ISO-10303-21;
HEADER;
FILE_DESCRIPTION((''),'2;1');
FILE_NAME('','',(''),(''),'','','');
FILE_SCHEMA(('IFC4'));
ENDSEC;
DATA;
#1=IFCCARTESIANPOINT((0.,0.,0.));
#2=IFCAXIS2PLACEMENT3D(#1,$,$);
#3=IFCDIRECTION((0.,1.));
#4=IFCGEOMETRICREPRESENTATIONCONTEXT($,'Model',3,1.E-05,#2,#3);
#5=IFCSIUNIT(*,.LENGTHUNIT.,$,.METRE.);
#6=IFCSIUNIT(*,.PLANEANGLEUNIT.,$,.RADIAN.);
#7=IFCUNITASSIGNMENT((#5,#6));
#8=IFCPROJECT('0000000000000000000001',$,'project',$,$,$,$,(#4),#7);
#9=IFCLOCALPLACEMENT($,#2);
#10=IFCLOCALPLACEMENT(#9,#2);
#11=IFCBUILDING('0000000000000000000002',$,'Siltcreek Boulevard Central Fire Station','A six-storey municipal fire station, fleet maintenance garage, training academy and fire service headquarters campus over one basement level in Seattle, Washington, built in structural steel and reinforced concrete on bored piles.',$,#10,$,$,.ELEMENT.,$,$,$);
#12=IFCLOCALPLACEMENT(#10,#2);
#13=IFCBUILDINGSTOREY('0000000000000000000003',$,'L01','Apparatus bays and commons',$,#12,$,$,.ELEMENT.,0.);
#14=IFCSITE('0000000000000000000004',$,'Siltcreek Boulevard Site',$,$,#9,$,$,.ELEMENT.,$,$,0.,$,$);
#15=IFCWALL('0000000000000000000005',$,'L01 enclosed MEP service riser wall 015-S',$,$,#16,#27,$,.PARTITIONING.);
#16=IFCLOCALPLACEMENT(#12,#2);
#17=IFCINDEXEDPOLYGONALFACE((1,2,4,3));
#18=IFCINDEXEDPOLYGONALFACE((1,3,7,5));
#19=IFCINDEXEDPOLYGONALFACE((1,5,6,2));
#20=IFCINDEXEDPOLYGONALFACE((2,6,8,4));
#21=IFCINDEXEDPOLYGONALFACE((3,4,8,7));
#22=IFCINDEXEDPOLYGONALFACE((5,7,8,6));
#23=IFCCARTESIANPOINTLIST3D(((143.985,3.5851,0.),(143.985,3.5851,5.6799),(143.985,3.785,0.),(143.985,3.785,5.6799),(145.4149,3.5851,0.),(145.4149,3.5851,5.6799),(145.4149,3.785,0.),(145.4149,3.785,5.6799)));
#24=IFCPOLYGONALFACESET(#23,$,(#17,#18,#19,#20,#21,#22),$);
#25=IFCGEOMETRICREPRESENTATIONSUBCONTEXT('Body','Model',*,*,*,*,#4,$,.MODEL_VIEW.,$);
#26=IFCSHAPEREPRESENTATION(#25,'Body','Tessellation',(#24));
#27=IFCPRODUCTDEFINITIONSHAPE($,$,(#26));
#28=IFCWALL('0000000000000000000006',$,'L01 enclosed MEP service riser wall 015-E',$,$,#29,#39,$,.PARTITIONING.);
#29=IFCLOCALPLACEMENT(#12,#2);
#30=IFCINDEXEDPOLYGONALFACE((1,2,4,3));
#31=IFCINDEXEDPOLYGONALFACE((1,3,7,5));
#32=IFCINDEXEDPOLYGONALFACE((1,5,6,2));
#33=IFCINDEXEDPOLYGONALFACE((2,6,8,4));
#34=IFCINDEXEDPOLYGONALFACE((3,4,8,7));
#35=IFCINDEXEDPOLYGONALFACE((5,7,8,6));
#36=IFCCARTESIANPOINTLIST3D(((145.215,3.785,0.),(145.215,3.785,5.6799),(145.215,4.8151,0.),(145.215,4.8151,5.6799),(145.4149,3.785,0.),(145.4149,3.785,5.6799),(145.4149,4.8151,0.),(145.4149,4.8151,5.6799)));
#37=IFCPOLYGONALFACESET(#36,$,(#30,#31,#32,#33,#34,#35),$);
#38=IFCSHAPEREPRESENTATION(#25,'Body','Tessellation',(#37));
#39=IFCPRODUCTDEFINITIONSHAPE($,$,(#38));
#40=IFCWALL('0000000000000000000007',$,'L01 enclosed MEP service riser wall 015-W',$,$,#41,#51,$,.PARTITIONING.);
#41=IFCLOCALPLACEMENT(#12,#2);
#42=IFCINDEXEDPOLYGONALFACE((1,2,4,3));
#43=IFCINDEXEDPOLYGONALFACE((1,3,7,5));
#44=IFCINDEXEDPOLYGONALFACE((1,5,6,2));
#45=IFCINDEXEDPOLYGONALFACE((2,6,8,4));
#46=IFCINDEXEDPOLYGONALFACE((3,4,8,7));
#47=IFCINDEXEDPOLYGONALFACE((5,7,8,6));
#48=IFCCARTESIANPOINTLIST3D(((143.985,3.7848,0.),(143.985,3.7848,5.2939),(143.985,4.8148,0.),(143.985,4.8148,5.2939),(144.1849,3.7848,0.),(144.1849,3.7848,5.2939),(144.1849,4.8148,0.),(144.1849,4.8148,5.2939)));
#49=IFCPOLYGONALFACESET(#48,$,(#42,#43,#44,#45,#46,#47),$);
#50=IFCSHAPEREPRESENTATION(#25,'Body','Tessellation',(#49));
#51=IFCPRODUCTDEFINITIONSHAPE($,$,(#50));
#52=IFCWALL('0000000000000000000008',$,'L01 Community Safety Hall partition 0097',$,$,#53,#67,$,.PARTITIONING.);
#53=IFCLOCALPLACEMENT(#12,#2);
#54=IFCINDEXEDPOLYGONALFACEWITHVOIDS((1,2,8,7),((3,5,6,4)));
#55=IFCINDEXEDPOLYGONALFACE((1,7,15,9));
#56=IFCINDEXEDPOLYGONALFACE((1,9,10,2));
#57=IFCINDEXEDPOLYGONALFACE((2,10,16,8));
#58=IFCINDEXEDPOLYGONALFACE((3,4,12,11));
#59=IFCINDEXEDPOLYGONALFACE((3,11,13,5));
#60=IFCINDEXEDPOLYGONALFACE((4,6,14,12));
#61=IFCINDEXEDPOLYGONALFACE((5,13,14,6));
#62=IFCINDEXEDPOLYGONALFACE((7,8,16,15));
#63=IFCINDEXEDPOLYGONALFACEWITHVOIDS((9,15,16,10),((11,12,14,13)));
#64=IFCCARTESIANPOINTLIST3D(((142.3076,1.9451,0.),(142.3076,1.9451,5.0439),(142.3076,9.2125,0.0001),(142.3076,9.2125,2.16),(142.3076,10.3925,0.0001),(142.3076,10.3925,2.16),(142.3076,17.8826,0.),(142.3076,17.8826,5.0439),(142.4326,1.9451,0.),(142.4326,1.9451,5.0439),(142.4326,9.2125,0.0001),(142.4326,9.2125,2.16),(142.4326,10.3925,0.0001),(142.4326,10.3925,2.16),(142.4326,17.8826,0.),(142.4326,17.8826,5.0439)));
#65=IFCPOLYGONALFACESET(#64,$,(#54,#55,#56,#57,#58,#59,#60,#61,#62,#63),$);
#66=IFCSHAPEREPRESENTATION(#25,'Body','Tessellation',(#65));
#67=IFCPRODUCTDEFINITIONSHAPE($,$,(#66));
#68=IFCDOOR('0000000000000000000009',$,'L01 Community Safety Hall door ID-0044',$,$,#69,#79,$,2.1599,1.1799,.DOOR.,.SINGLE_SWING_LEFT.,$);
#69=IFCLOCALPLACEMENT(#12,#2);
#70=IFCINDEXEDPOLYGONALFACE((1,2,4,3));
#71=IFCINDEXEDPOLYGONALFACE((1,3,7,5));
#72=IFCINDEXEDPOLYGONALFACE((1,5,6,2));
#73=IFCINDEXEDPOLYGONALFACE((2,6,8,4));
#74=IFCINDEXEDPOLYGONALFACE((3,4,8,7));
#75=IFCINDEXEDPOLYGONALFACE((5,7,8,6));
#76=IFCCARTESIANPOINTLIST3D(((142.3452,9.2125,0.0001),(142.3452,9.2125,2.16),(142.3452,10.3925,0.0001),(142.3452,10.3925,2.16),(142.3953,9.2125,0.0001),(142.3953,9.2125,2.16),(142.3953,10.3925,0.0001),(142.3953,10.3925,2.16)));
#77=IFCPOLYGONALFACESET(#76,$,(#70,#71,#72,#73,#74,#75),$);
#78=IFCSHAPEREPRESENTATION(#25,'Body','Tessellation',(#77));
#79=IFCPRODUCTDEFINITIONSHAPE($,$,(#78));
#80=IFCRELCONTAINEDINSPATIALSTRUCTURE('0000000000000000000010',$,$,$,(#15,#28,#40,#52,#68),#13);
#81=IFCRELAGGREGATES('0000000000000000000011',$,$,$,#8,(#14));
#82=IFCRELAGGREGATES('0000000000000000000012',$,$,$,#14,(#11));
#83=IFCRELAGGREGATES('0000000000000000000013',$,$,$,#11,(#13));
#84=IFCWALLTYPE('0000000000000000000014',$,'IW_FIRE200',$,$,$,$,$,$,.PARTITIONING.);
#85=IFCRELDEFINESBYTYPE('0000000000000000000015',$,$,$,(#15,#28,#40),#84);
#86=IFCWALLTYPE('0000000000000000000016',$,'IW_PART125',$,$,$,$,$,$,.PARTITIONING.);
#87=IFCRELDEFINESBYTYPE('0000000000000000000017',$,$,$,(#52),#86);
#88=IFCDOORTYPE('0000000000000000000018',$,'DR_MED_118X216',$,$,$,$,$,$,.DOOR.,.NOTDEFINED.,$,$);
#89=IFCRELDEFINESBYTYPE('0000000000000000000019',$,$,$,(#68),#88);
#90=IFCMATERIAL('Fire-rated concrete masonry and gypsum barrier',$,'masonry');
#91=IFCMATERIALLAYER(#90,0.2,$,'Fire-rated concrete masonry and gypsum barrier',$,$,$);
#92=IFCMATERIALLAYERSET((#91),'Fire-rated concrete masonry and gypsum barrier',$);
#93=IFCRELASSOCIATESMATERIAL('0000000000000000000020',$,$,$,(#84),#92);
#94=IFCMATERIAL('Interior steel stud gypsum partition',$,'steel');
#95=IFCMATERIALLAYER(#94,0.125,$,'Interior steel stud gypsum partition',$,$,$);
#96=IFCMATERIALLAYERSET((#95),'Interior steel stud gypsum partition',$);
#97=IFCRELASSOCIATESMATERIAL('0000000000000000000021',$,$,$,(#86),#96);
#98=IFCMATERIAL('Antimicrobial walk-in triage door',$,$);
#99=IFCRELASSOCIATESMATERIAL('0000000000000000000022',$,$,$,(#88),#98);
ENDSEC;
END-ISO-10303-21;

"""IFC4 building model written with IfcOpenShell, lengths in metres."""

from ifc_helpers import new_model, si_unit, direction, frame, frame_2d, origin, place, context, subcontext, project, spatial, rectangle, extrude, material, layer, layer_set, type_object, element, fill, save


model = new_model("IFC4")

# Units and contexts
model_context = context("Model", 3, precision=1e-05, world=origin(), true_north=direction((0.0, 1.0)))
body_context = subcontext(model_context, "Body", "Model", "MODEL_VIEW")
ifc_project = project(units=[si_unit("LENGTHUNIT", "METRE"), si_unit("PLANEANGLEUNIT", "RADIAN")], contexts=[model_context])

# Site, building, storey
site_placement = place(None, origin())
site = spatial("IfcSite", under=ifc_project, at=site_placement, Name="Siltcreek Boulevard Site", CompositionType="ELEMENT", RefElevation=0.0)
building_placement = place(site_placement, origin())
building = spatial("IfcBuilding", under=site, at=building_placement, Name="Siltcreek Boulevard Central Fire Station", Description="A six-storey municipal fire station, fleet maintenance garage, training academy and fire service headquarters campus over one basement level in Seattle, Washington, built in structural steel and reinforced concrete on bored piles.", CompositionType="ELEMENT")
storey_placement = place(building_placement, origin())
storey = spatial("IfcBuildingStorey", under=building, at=storey_placement, Name="L01", Description="Apparatus bays and commons", CompositionType="ELEMENT", Elevation=0.0)

# Walls
ifc_material_1 = material(Name="Fire-rated concrete masonry and gypsum barrier", Category="masonry")
ifc_layer_1 = layer(ifc_material_1, 0.2, Name="Fire-rated concrete masonry and gypsum barrier")
ifc_layer_set_1 = layer_set([ifc_layer_1], Name="Fire-rated concrete masonry and gypsum barrier")
wall_type_1 = type_object("IfcWallType", Name="IW_FIRE200", PredefinedType="PARTITIONING", material=ifc_layer_set_1)
wall_1_placement = place(storey_placement, frame((143.9851, 3.6851, 0.0), z_axis=(0.0, 0.0, 1.0), x_axis=(1.0, 0.0, 0.0)))
element("IfcWall", 1, at=wall_1_placement, inside=storey, type_object=wall_type_1, Name="L01 enclosed MEP service riser wall 015-S", PredefinedType="PARTITIONING", context=body_context, shape_type="SweptSolid", body=[
    extrude(rectangle(XDim=1.4299, YDim=0.2, at=frame_2d((0.7148, 0.0))), origin(), (0.0, 0.0, 1.0), 5.6799),
])
wall_2_placement = place(storey_placement, frame((145.3149, 3.7849, 0.0), z_axis=(0.0, 0.0, 1.0), x_axis=(0.0, 1.0, 0.0)))
element("IfcWall", 2, at=wall_2_placement, inside=storey, type_object=wall_type_1, Name="L01 enclosed MEP service riser wall 015-E", PredefinedType="PARTITIONING", context=body_context, shape_type="SweptSolid", body=[
    extrude(rectangle(XDim=1.03, YDim=0.2, at=frame_2d((0.5151, 0.0))), origin(), (0.0, 0.0, 1.0), 5.6799),
])
wall_3_placement = place(storey_placement, frame((144.085, 4.8149, 0.0), z_axis=(0.0, 0.0, 1.0), x_axis=(0.0, -1.0, 0.0)))
element("IfcWall", 3, at=wall_3_placement, inside=storey, type_object=wall_type_1, Name="L01 enclosed MEP service riser wall 015-W", PredefinedType="PARTITIONING", context=body_context, shape_type="SweptSolid", body=[
    extrude(rectangle(XDim=1.03, YDim=0.2, at=frame_2d((0.5151, 0.0))), origin(), (0.0, 0.0, 1.0), 5.2939),
])

# Wall, opening, door
ifc_material_2 = material(Name="Interior steel stud gypsum partition", Category="steel")
ifc_layer_2 = layer(ifc_material_2, 0.125, Name="Interior steel stud gypsum partition")
ifc_layer_set_2 = layer_set([ifc_layer_2], Name="Interior steel stud gypsum partition")
wall_type_2 = type_object("IfcWallType", Name="IW_PART125", PredefinedType="PARTITIONING", material=ifc_layer_set_2)
wall_4_placement = place(storey_placement, frame((142.3701, 1.9451, 0.0), z_axis=(0.0, 0.0, 1.0), x_axis=(0.0, 1.0, 0.0)))
wall_4 = element("IfcWall", 4, at=wall_4_placement, inside=storey, type_object=wall_type_2, Name="L01 Community Safety Hall partition 0097", PredefinedType="PARTITIONING", context=body_context, shape_type="SweptSolid", body=[
    extrude(rectangle(XDim=15.9375, YDim=0.125, at=frame_2d((7.9688, 0.0))), origin(), (0.0, 0.0, 1.0), 5.0439),
])
opening_placement = place(wall_4_placement, frame((7.2676, 0.0, 0.0)))
opening = element("IfcOpeningElement", 5, at=opening_placement, cuts=wall_4, PredefinedType="OPENING", context=body_context, shape_type="SweptSolid", body=[
    extrude(rectangle(XDim=1.1799, YDim=2.1599, at=frame_2d((0.5898, 1.0801))), frame((0.0, 0.0725, 0.0), z_axis=(0.0, -1.0, 0.0), x_axis=(1.0, 0.0, 0.0)), (0.0, 0.0, 1.0), 0.145),
])
ifc_material_3 = material(Name="Antimicrobial walk-in triage door")
door_type = type_object("IfcDoorType", Name="DR_MED_118X216", OperationType="NOTDEFINED", PredefinedType="DOOR", material=ifc_material_3)
door_placement = place(opening_placement, origin())
door = element("IfcDoor", 6, at=door_placement, inside=storey, type_object=door_type, Name="L01 Community Safety Hall door ID-0044", OperationType="SINGLE_SWING_LEFT", OverallHeight=2.1599, OverallWidth=1.1799, PredefinedType="DOOR", context=body_context, shape_type="SweptSolid", body=[
    extrude(rectangle(XDim=1.1799, YDim=2.1599, at=frame_2d((0.5898, 1.0801))), frame((0.0, 0.0249, 0.0), z_axis=(0.0, -1.0, 0.0), x_axis=(1.0, 0.0, 0.0)), (0.0, 0.0, 1.0), 0.05),
])
fill(opening, door)

save(model, "model.ifc")
